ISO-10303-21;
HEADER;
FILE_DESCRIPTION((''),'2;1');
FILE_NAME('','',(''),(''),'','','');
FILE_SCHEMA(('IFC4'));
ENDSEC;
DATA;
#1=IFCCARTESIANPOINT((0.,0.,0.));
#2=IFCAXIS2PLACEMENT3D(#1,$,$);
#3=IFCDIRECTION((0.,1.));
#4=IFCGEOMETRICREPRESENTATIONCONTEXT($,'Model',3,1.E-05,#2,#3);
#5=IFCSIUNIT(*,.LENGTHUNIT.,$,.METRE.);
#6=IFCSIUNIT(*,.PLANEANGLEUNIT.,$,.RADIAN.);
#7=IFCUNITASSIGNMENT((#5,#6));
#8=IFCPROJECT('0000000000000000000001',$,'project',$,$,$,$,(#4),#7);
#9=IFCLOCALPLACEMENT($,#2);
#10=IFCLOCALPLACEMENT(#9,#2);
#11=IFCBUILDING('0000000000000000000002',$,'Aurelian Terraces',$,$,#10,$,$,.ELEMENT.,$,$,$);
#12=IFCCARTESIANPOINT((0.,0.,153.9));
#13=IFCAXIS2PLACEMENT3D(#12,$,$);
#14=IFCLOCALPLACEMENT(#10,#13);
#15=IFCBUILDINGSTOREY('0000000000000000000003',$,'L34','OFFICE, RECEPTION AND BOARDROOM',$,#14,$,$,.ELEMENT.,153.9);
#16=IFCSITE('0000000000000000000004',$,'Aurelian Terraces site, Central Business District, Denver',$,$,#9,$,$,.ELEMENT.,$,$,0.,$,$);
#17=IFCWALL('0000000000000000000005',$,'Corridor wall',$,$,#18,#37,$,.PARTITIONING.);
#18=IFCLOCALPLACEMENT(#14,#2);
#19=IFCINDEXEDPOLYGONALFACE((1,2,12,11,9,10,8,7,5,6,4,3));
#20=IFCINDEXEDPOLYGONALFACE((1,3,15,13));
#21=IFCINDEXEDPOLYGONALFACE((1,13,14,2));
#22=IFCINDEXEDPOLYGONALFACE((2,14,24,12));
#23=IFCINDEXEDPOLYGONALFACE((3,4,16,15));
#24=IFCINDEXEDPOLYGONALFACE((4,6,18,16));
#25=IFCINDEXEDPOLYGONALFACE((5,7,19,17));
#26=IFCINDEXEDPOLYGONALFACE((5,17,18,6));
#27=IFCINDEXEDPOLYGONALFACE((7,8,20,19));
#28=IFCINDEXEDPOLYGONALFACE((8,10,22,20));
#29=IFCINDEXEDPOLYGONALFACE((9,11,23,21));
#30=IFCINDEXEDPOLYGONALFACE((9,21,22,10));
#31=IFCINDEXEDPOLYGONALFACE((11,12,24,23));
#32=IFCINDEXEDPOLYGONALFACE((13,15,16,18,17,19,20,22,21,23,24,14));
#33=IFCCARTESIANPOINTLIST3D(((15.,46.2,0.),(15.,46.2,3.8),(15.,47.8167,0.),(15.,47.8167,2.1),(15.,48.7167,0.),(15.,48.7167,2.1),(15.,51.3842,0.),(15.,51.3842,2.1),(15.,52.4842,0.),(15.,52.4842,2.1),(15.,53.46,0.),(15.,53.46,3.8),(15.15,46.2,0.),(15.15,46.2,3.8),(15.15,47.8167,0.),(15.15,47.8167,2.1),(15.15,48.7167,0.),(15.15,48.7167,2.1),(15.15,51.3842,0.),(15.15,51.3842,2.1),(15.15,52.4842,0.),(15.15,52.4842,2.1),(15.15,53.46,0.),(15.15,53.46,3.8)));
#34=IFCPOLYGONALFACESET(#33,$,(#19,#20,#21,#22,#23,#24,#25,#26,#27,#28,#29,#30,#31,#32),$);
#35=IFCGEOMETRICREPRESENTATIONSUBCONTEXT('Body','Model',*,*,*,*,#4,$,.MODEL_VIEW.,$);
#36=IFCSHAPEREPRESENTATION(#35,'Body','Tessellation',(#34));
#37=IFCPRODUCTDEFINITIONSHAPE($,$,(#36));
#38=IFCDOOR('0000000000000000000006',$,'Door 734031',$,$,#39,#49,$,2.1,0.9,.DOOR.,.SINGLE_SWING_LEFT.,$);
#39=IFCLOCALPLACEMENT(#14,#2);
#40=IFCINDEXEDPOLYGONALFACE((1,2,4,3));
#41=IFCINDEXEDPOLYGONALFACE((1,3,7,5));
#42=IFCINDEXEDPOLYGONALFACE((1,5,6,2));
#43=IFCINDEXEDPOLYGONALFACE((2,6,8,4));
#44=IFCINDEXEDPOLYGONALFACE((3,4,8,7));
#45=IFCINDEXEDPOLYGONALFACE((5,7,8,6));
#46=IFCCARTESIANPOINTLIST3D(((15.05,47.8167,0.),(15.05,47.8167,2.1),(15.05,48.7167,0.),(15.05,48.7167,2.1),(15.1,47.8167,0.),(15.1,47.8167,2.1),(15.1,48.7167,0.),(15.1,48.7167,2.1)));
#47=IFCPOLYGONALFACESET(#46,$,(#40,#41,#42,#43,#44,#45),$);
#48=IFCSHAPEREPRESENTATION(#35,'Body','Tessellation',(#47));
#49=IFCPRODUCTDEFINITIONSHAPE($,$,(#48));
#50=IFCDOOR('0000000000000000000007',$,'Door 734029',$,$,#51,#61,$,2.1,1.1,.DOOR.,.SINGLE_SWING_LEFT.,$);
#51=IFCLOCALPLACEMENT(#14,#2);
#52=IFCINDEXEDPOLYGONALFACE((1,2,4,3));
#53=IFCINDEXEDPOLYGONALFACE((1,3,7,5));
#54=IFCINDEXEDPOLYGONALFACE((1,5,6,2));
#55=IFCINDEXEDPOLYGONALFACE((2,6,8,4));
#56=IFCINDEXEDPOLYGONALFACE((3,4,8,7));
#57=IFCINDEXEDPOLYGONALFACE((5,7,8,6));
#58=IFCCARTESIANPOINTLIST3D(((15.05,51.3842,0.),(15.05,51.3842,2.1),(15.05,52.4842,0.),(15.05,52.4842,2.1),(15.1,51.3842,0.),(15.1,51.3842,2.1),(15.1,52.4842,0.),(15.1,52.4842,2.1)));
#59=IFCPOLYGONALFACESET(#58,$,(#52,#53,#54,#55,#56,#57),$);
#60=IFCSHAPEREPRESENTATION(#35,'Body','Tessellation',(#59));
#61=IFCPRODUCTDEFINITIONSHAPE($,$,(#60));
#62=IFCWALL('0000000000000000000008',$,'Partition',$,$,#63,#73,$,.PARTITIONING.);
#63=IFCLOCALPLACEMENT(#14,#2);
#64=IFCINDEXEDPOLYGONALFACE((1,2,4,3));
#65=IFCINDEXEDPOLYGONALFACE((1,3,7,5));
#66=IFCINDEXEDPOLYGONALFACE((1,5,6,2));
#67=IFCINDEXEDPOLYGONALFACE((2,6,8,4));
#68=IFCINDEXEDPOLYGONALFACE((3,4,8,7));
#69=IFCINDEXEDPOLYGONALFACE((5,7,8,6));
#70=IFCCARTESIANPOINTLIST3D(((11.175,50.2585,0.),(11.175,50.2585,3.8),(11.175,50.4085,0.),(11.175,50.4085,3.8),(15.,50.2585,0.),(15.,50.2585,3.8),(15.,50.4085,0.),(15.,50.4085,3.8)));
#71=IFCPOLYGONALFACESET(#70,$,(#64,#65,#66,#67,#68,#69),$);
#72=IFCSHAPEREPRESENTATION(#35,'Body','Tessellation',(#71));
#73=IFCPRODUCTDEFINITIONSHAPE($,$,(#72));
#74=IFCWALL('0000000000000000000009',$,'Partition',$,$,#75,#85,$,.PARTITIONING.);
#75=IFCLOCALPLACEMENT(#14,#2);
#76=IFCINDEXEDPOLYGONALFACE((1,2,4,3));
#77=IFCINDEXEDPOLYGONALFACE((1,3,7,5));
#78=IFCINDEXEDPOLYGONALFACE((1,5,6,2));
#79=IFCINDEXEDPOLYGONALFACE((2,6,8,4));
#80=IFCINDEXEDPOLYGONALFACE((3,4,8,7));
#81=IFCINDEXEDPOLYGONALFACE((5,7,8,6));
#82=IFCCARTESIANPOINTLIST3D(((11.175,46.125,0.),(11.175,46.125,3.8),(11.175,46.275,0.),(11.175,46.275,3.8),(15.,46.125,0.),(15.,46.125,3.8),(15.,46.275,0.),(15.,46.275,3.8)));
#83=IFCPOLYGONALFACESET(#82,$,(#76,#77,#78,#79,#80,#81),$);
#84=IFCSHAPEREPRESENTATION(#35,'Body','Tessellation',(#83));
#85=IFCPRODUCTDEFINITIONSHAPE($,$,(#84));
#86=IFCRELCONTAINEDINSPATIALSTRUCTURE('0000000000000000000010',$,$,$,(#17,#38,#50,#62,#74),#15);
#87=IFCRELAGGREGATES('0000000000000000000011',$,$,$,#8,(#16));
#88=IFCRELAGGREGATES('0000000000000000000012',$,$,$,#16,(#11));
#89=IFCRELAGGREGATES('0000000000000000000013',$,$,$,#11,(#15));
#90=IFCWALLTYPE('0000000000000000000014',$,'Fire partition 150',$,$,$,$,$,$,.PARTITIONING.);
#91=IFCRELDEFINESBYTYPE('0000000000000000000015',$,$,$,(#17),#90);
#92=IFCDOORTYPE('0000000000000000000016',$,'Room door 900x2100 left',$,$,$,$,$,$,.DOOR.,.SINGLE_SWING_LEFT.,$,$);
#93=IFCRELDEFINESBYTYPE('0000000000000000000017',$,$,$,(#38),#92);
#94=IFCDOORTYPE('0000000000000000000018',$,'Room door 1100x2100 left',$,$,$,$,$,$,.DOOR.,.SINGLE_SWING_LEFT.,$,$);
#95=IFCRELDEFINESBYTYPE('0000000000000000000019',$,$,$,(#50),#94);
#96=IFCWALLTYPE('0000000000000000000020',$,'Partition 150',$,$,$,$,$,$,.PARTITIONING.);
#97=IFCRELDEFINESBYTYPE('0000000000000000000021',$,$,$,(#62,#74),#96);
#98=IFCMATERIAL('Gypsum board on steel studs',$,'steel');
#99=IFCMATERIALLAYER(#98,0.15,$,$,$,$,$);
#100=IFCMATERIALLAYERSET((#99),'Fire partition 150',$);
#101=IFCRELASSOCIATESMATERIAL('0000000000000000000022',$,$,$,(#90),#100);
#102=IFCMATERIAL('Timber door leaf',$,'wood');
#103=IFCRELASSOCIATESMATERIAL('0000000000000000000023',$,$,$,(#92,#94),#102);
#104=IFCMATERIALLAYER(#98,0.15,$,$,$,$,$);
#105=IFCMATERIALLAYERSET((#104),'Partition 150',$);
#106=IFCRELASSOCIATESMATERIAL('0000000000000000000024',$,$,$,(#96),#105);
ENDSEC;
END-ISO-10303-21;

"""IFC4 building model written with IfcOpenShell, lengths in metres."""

from ifc_helpers import new_model, si_unit, direction, frame, frame_2d, origin, place, context, subcontext, project, spatial, rectangle, extrude, source, transform, mapped, material, layer, layer_set, type_object, element, fill, save


model = new_model("IFC4")

# Units and contexts
model_context = context("Model", 3, precision=1e-05, world=origin(), true_north=direction((0.0, 1.0)))
body_context = subcontext(model_context, "Body", "Model", "MODEL_VIEW")
ifc_project = project(units=[si_unit("LENGTHUNIT", "METRE"), si_unit("PLANEANGLEUNIT", "RADIAN")], contexts=[model_context])

# Site, building, storey
site_placement = place(None, origin())
site = spatial("IfcSite", under=ifc_project, at=site_placement, Name="Aurelian Terraces site, Central Business District, Denver", CompositionType="ELEMENT", RefElevation=0.0)
building_placement = place(site_placement, origin())
building = spatial("IfcBuilding", under=site, at=building_placement, Name="Aurelian Terraces", CompositionType="ELEMENT")
storey_placement = place(building_placement, frame((0.0, 0.0, 153.9)))
storey = spatial("IfcBuildingStorey", under=building, at=storey_placement, Name="L34", Description="OFFICE, RECEPTION AND BOARDROOM", CompositionType="ELEMENT", Elevation=153.9)

# Wall, openings, doors
ifc_material_1 = material(Name="Gypsum board on steel studs", Category="steel")
ifc_layer_1 = layer(ifc_material_1, 0.15)
ifc_layer_set_1 = layer_set([ifc_layer_1], Name="Fire partition 150")
wall_type_1 = type_object("IfcWallType", Name="Fire partition 150", PredefinedType="PARTITIONING", material=ifc_layer_set_1)
shared_shape_1 = source(origin(), body_context, "Body", "SweptSolid", [
    extrude(rectangle(XDim=7.26, YDim=0.15, at=frame_2d((3.63, 0.0))), origin(), (0.0, 0.0, 1.0), 3.8),
])
wall_1_placement = place(storey_placement, frame((15.075, 46.2, 0.0), z_axis=(0.0, 0.0, 1.0), x_axis=(0.0, 1.0, 0.0)))
wall_1 = element("IfcWall", 1, at=wall_1_placement, inside=storey, type_object=wall_type_1, Name="Corridor wall", PredefinedType="PARTITIONING", context=body_context, shape_type="MappedRepresentation", body=[
    mapped(shared_shape_1, transform((0.0, 0.0, 0.0), scale=1.0)),
])
shared_shape_2 = source(origin(), body_context, "Body", "SweptSolid", [
    extrude(rectangle(XDim=1.1, YDim=2.1, at=frame_2d((0.55, 1.05))), frame((0.0, 0.085, 0.0), z_axis=(0.0, -1.0, 0.0), x_axis=(1.0, 0.0, 0.0)), (0.0, 0.0, 1.0), 0.17),
])
opening_1_placement = place(wall_1_placement, frame((5.1842, 0.0, 0.0)))
opening_1 = element("IfcOpeningElement", 2, at=opening_1_placement, cuts=wall_1, PredefinedType="OPENING", context=body_context, shape_type="MappedRepresentation", body=[
    mapped(shared_shape_2, transform((0.0, 0.0, 0.0), scale=1.0)),
])
shared_shape_3 = source(origin(), body_context, "Body", "SweptSolid", [
    extrude(rectangle(XDim=0.9, YDim=2.1, at=frame_2d((0.45, 1.05))), frame((0.0, 0.085, 0.0), z_axis=(0.0, -1.0, 0.0), x_axis=(1.0, 0.0, 0.0)), (0.0, 0.0, 1.0), 0.17),
])
opening_2_placement = place(wall_1_placement, frame((1.6167, 0.0, 0.0)))
opening_2 = element("IfcOpeningElement", 3, at=opening_2_placement, cuts=wall_1, PredefinedType="OPENING", context=body_context, shape_type="MappedRepresentation", body=[
    mapped(shared_shape_3, transform((0.0, 0.0, 0.0), scale=1.0)),
])
ifc_material_2 = material(Name="Timber door leaf", Category="wood")
door_type_1 = type_object("IfcDoorType", Name="Room door 900x2100 left", OperationType="SINGLE_SWING_LEFT", PredefinedType="DOOR", material=ifc_material_2)
shared_shape_4 = source(origin(), body_context, "Body", "SweptSolid", [
    extrude(rectangle(XDim=0.9, YDim=2.1, at=frame_2d((0.45, 1.05))), frame((0.0, 0.025, 0.0), z_axis=(0.0, -1.0, 0.0), x_axis=(1.0, 0.0, 0.0)), (0.0, 0.0, 1.0), 0.05),
])
door_1_placement = place(opening_2_placement, origin())
door_1 = element("IfcDoor", 4, at=door_1_placement, inside=storey, type_object=door_type_1, Name="Door 734031", OperationType="SINGLE_SWING_LEFT", OverallHeight=2.1, OverallWidth=0.9, PredefinedType="DOOR", context=body_context, shape_type="MappedRepresentation", body=[
    mapped(shared_shape_4, transform((0.0, 0.0, 0.0), scale=1.0)),
])
fill(opening_2, door_1)
door_type_2 = type_object("IfcDoorType", Name="Room door 1100x2100 left", OperationType="SINGLE_SWING_LEFT", PredefinedType="DOOR", material=ifc_material_2)
shared_shape_5 = source(origin(), body_context, "Body", "SweptSolid", [
    extrude(rectangle(XDim=1.1, YDim=2.1, at=frame_2d((0.55, 1.05))), frame((0.0, 0.025, 0.0), z_axis=(0.0, -1.0, 0.0), x_axis=(1.0, 0.0, 0.0)), (0.0, 0.0, 1.0), 0.05),
])
door_2_placement = place(opening_1_placement, origin())
door_2 = element("IfcDoor", 5, at=door_2_placement, inside=storey, type_object=door_type_2, Name="Door 734029", OperationType="SINGLE_SWING_LEFT", OverallHeight=2.1, OverallWidth=1.1, PredefinedType="DOOR", context=body_context, shape_type="MappedRepresentation", body=[
    mapped(shared_shape_5, transform((0.0, 0.0, 0.0), scale=1.0)),
])
fill(opening_1, door_2)

# Walls
ifc_layer_2 = layer(ifc_material_1, 0.15)
ifc_layer_set_2 = layer_set([ifc_layer_2], Name="Partition 150")
wall_type_2 = type_object("IfcWallType", Name="Partition 150", PredefinedType="PARTITIONING", material=ifc_layer_set_2)
shared_shape_6 = source(origin(), body_context, "Body", "SweptSolid", [
    extrude(rectangle(XDim=3.825, YDim=0.15, at=frame_2d((1.9125, 0.0))), origin(), (0.0, 0.0, 1.0), 3.8),
])
for number, where, z_axis, x_axis, name in (
    (6, (15.0, 50.3335, 0.0), (0.0, 0.0, 1.0), (-1.0, 0.0, 0.0), "Partition"),
    (7, (15.0, 46.2, 0.0), (0.0, 0.0, 1.0), (-1.0, 0.0, 0.0), "Partition"),
):
    element("IfcWall", number, at=place(storey_placement, frame(where, z_axis=z_axis, x_axis=x_axis)), inside=storey, type_object=wall_type_2, Name=name, PredefinedType="PARTITIONING", context=body_context, shape_type="MappedRepresentation", body=[
        mapped(shared_shape_6, transform((0.0, 0.0, 0.0), scale=1.0)),
    ])

save(model, "model.ifc")
